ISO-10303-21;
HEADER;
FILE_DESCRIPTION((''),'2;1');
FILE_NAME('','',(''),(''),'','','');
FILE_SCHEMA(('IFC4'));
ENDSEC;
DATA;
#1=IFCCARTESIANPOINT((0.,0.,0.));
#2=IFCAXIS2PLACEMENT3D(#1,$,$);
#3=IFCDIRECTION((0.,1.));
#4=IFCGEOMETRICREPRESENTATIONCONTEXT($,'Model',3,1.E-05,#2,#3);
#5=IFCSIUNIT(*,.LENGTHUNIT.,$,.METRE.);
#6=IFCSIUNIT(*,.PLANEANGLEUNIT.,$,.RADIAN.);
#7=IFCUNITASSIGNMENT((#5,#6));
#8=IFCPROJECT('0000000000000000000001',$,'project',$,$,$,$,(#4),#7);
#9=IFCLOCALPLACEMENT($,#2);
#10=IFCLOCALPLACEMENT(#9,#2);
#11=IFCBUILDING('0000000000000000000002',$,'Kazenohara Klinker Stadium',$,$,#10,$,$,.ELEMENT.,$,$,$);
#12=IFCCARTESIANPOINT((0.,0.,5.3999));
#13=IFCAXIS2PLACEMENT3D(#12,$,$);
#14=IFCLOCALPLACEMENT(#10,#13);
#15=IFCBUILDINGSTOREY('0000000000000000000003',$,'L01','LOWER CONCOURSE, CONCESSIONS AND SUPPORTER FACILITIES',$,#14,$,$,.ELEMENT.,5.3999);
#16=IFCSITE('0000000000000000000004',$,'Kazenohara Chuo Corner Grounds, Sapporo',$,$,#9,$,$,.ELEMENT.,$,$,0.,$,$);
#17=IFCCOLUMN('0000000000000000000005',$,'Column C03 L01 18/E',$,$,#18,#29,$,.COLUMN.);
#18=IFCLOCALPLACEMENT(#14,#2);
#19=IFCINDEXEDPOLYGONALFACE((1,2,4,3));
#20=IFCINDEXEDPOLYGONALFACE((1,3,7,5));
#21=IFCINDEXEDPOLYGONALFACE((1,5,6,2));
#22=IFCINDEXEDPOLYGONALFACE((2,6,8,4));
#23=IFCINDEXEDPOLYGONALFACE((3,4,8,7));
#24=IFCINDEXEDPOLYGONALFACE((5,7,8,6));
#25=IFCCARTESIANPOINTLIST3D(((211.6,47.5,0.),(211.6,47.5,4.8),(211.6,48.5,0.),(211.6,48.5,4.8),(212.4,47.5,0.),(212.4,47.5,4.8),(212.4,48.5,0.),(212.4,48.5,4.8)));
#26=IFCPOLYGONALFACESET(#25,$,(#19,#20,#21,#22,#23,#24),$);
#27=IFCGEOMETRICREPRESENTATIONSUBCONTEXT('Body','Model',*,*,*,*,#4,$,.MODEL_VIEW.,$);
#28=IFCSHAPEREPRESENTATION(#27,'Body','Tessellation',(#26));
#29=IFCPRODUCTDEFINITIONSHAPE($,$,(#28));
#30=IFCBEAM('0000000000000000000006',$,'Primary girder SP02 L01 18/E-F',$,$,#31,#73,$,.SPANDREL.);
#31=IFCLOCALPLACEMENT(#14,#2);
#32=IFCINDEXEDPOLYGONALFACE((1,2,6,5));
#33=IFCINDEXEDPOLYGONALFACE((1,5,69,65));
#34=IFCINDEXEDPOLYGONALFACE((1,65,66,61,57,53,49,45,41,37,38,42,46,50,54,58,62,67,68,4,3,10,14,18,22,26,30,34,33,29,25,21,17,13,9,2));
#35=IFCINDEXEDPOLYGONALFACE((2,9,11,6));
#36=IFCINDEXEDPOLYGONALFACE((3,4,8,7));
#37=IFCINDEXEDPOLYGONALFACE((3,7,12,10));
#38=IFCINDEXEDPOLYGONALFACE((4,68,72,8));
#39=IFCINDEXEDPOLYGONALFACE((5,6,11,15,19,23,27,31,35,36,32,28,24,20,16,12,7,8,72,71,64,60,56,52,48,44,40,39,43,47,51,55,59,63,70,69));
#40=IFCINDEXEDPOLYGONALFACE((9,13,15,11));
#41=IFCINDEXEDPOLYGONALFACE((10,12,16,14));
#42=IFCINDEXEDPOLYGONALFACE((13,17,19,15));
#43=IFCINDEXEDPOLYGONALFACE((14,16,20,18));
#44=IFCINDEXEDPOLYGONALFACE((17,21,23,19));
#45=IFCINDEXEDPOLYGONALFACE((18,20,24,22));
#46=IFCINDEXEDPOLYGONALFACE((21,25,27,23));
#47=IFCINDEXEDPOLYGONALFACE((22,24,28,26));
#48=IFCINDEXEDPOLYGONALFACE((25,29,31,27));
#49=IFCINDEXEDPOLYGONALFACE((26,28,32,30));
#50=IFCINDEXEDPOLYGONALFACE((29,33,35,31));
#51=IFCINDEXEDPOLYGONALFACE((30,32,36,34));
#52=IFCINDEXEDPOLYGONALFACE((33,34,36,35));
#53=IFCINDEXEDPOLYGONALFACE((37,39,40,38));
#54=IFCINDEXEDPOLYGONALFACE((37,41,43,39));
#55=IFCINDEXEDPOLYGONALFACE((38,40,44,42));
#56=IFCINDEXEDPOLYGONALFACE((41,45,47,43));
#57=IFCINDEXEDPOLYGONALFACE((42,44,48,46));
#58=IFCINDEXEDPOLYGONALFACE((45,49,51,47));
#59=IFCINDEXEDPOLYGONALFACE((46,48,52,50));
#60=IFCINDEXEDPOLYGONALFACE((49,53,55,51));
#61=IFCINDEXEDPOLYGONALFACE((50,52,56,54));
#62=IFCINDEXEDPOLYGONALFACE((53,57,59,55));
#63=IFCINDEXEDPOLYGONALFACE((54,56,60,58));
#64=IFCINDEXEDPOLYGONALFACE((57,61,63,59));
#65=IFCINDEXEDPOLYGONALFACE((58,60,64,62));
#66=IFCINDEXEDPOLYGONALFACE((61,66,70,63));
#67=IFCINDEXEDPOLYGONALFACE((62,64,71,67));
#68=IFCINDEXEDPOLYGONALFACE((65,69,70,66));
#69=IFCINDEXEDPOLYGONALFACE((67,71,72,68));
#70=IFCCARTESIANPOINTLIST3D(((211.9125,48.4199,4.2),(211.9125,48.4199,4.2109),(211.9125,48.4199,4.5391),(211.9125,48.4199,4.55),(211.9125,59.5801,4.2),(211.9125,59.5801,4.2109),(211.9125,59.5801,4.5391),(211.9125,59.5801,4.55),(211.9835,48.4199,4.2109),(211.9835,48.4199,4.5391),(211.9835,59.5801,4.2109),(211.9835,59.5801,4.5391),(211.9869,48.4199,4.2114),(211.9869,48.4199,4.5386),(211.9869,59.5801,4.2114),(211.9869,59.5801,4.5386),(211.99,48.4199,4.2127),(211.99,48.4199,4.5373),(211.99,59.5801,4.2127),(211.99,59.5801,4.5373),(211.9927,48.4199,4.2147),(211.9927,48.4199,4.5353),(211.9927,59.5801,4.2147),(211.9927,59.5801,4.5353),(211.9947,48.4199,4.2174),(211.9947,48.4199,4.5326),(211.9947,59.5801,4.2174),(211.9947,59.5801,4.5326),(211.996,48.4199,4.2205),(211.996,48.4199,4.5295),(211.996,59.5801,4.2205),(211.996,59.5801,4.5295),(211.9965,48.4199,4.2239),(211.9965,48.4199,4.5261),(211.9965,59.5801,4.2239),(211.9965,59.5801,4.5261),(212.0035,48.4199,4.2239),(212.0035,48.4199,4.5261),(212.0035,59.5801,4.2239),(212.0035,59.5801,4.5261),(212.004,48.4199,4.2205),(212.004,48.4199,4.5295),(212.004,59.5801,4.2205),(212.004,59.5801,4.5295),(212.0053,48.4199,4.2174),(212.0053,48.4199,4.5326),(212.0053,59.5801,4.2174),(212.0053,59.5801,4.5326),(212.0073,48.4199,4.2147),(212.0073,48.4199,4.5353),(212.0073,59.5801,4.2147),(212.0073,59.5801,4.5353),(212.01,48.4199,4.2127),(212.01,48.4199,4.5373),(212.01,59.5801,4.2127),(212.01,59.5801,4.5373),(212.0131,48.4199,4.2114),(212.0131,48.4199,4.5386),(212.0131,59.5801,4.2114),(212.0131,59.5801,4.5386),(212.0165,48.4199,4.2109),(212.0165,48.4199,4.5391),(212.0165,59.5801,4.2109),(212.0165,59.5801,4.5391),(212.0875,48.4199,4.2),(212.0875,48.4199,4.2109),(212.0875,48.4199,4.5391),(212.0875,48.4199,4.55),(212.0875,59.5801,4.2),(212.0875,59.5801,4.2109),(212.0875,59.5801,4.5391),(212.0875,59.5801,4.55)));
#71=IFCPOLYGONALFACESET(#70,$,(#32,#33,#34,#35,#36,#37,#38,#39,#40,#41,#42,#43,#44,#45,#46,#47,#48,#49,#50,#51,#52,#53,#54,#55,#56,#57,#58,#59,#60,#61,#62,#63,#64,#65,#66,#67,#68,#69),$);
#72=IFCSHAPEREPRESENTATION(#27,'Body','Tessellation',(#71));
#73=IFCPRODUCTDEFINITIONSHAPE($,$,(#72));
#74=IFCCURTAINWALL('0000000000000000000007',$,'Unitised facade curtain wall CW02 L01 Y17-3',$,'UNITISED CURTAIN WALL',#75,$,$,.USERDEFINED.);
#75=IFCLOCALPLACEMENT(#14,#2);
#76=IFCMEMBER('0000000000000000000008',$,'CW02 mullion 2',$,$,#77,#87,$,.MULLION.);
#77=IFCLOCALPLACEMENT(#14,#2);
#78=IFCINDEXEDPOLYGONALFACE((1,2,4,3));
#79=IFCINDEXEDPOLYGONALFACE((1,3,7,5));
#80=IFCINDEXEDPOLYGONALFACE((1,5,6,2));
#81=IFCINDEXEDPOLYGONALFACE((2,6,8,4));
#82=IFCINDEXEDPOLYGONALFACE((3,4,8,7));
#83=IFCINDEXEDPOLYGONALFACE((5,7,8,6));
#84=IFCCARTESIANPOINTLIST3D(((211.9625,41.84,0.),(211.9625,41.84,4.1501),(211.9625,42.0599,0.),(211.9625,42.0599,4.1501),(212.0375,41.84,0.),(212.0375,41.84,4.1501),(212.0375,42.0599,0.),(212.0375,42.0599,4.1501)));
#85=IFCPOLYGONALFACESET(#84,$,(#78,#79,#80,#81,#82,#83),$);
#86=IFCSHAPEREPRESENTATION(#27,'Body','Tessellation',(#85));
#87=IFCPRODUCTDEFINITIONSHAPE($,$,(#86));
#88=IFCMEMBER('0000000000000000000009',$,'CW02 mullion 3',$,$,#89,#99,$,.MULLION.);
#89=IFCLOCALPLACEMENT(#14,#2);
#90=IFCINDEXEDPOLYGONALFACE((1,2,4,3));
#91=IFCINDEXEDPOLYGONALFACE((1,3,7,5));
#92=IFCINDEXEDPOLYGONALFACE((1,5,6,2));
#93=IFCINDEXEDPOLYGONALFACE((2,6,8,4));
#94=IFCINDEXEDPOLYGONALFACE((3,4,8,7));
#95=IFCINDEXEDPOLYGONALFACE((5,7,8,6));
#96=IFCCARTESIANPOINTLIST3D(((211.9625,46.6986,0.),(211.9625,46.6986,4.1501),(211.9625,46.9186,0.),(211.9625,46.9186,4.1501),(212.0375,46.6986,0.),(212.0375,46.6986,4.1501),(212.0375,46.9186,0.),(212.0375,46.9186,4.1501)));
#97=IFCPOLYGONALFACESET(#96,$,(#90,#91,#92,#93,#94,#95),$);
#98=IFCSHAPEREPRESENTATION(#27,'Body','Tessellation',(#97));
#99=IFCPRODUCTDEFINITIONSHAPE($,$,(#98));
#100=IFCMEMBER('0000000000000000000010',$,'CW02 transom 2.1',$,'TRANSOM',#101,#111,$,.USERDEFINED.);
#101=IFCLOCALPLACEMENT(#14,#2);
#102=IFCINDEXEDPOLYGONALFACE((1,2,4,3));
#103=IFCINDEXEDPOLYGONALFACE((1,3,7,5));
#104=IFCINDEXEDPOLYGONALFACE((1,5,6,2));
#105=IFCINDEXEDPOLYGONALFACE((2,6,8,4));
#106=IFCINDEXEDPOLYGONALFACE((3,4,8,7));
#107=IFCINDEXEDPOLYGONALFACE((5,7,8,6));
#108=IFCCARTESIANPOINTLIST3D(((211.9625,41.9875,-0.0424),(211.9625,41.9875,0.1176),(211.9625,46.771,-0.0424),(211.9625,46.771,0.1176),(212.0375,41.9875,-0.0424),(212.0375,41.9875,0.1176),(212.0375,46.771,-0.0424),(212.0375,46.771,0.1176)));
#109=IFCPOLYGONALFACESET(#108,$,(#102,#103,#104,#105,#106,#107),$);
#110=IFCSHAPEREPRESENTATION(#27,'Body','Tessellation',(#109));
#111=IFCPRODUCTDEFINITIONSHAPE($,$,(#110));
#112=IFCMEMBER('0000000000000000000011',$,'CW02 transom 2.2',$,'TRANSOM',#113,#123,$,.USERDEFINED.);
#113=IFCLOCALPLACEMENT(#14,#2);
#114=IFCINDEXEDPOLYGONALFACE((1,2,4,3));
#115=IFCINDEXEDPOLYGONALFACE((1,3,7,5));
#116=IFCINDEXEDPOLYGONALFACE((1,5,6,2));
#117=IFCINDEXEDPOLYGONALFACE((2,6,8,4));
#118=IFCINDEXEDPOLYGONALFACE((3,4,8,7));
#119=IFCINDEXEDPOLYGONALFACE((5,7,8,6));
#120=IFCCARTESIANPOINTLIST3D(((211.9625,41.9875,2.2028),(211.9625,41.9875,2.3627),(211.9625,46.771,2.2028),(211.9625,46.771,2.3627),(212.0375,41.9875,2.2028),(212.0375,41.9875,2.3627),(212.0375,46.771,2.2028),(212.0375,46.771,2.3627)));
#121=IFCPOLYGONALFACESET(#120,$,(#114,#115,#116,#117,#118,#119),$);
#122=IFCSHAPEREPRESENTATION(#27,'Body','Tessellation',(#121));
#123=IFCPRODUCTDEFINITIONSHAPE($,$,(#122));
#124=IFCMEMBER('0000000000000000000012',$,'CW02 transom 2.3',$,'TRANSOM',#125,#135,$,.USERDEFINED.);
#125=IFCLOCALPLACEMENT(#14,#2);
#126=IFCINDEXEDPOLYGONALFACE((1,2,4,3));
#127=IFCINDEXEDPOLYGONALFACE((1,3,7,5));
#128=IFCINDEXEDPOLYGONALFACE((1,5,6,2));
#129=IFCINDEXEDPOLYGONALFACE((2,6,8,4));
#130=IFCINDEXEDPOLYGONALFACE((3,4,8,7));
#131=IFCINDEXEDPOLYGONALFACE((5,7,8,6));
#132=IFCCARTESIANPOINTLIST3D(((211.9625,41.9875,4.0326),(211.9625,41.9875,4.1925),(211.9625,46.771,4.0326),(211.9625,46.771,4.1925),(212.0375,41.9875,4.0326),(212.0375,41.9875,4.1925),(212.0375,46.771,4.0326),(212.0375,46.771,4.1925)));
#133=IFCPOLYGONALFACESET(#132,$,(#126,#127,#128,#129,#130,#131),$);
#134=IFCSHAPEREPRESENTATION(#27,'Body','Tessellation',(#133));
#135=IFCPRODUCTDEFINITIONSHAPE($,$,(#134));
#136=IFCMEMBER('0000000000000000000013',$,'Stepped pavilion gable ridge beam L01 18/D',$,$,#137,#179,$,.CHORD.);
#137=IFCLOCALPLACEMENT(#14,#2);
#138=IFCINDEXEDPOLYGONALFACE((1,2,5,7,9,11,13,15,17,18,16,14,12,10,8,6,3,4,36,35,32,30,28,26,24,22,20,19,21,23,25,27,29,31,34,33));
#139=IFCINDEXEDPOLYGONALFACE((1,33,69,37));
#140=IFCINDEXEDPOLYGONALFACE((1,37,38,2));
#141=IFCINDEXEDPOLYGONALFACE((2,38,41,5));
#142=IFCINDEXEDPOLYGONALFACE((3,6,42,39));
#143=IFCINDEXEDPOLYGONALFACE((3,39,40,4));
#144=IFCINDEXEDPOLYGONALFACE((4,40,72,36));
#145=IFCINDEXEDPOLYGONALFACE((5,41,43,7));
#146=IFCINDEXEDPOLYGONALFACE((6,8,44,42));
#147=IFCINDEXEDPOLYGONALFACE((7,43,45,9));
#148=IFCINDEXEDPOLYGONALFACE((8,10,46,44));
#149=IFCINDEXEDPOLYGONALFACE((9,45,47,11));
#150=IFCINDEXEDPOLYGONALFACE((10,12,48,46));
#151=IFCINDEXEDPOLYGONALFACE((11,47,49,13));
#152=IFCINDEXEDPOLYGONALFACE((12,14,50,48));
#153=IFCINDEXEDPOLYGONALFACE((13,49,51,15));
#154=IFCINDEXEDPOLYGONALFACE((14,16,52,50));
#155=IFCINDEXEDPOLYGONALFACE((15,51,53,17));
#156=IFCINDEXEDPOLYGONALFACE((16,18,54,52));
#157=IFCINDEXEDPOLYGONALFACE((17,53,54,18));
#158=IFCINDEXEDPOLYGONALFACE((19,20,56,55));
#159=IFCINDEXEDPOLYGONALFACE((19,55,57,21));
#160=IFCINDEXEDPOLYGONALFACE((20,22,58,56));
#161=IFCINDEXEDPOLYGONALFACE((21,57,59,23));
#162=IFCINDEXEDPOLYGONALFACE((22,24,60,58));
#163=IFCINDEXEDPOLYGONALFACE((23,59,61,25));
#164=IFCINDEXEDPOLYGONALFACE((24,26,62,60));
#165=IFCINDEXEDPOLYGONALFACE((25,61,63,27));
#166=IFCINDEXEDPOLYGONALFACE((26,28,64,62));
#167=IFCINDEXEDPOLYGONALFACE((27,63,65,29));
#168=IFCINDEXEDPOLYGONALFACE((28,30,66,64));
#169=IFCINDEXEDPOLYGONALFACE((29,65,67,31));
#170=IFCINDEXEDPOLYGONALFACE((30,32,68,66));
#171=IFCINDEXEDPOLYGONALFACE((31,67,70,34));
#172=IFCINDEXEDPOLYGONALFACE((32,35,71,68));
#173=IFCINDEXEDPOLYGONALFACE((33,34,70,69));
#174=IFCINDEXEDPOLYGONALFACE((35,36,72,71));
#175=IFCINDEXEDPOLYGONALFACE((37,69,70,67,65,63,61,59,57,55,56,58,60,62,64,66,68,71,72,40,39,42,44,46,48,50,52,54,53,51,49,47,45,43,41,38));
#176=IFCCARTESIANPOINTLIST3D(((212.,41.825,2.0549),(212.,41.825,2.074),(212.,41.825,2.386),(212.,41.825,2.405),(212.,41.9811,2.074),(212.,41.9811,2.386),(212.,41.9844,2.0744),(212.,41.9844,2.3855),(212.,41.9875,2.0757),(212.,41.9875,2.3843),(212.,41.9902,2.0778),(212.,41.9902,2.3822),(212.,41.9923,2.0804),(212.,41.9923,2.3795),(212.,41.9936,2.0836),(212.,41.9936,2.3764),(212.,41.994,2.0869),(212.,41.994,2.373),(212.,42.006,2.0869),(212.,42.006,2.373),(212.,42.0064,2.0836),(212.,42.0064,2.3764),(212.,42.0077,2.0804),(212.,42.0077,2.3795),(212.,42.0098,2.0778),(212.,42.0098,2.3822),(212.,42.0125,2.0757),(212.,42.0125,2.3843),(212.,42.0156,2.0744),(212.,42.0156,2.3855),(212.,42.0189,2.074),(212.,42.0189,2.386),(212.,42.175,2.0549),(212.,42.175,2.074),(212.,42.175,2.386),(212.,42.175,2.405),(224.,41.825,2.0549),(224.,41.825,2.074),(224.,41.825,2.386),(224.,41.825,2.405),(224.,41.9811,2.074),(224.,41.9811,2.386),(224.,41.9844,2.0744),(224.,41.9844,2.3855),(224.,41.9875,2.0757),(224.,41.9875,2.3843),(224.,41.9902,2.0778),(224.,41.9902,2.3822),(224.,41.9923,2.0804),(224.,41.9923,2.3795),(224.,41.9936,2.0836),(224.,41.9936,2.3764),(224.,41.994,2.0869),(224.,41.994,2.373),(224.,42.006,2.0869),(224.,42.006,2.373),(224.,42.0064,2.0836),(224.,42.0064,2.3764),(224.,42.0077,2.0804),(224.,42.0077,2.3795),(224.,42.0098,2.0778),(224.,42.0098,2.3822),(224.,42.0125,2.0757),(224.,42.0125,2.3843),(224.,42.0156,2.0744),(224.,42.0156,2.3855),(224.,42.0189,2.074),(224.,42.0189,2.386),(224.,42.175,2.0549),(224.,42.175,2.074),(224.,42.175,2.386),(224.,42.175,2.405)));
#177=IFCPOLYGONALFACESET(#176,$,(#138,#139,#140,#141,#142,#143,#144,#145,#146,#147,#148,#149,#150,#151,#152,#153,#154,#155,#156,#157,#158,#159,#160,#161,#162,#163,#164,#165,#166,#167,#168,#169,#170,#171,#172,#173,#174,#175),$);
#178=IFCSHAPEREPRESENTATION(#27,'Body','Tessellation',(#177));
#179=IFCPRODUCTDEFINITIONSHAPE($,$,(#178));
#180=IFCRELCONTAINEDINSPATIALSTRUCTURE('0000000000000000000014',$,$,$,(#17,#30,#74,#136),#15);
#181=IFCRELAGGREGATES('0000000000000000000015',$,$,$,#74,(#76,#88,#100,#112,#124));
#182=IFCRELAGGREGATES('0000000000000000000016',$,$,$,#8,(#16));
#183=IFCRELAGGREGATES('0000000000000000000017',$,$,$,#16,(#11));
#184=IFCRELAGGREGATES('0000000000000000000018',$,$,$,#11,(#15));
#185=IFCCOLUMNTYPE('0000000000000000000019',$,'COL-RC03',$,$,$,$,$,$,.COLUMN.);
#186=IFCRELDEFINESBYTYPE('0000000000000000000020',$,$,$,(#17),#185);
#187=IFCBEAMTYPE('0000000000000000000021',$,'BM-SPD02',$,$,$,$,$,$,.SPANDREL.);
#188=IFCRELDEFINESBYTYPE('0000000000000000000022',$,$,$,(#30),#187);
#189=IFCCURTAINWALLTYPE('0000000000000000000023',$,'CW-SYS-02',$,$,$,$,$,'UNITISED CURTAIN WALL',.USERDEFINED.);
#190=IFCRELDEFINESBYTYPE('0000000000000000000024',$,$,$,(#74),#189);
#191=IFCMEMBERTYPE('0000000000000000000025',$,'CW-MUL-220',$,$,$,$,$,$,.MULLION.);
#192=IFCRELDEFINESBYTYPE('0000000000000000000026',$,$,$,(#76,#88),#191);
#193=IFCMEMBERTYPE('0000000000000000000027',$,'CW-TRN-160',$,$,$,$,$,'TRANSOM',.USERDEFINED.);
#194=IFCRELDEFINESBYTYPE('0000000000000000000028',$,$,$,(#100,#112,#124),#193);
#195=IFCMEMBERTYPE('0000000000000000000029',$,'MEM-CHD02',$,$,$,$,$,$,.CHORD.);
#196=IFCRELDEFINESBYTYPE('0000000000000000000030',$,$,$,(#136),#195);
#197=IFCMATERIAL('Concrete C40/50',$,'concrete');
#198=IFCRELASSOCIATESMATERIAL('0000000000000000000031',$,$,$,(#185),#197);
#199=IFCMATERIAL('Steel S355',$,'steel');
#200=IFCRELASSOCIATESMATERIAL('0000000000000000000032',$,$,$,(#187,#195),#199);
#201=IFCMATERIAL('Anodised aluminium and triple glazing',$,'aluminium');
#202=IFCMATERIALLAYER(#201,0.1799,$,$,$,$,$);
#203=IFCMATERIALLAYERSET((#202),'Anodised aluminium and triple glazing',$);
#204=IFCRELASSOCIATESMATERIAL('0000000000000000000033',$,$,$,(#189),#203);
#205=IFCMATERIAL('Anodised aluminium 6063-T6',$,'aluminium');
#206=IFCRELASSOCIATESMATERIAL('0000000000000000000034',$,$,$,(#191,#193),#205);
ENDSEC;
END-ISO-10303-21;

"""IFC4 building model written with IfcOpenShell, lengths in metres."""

from ifc_helpers import new_model, si_unit, direction, frame, origin, origin_2d, place, context, subcontext, project, spatial, rectangle, i_section, extrude, material, layer, layer_set, material_profile, profile_set, type_object, element, aggregate, save


model = new_model("IFC4")

# Units and contexts
model_context = context("Model", 3, precision=1e-05, world=origin(), true_north=direction((0.0, 1.0)))
body_context = subcontext(model_context, "Body", "Model", "MODEL_VIEW")
ifc_project = project(units=[si_unit("LENGTHUNIT", "METRE"), si_unit("PLANEANGLEUNIT", "RADIAN")], contexts=[model_context])

# Site, building, storey
site_placement = place(None, origin())
site = spatial("IfcSite", under=ifc_project, at=site_placement, Name="Kazenohara Chuo Corner Grounds, Sapporo", CompositionType="ELEMENT", RefElevation=0.0)
building_placement = place(site_placement, origin())
building = spatial("IfcBuilding", under=site, at=building_placement, Name="Kazenohara Klinker Stadium", CompositionType="ELEMENT")
storey_placement = place(building_placement, frame((0.0, 0.0, 5.3999)))
storey = spatial("IfcBuildingStorey", under=building, at=storey_placement, Name="L01", Description="LOWER CONCOURSE, CONCESSIONS AND SUPPORTER FACILITIES", CompositionType="ELEMENT", Elevation=5.3999)

# Column
ifc_material_1 = material(Name="Concrete C40/50", Category="concrete")
ifc_material_profile_1 = material_profile(ifc_material_1, rectangle(XDim=0.8, YDim=1.0, at=origin_2d()), Name="RC-COL-1000x800")
ifc_profile_set_1 = profile_set([ifc_material_profile_1], Name="Concrete C40/50")
column_type = type_object("IfcColumnType", Name="COL-RC03", PredefinedType="COLUMN", material=ifc_profile_set_1)
column_placement = place(storey_placement, frame((212.0, 48.0, 0.0), z_axis=(0.0, 0.0, 1.0), x_axis=(1.0, 0.0, 0.0)))
element("IfcColumn", 1, at=column_placement, inside=storey, type_object=column_type, Name="Column C03 L01 18/E", PredefinedType="COLUMN", context=body_context, shape_type="SweptSolid", body=[
    extrude(rectangle(XDim=0.8, YDim=1.0, at=origin_2d()), origin(), (0.0, 0.0, 1.0), 4.8),
])

# Beam
ifc_material_2 = material(Name="Steel S355", Category="steel")
ifc_material_profile_2 = material_profile(ifc_material_2, i_section(OverallWidth=0.175, OverallDepth=0.3501, WebThickness=0.0071, FlangeThickness=0.011, FilletRadius=0.0129, at=origin_2d()), Name="H-350x175x7x11")
ifc_profile_set_2 = profile_set([ifc_material_profile_2], Name="Steel S355")
beam_type = type_object("IfcBeamType", Name="BM-SPD02", PredefinedType="SPANDREL", material=ifc_profile_set_2)
beam_placement = place(storey_placement, frame((212.0, 48.4199, 4.375), z_axis=(0.0, 1.0, 0.0), x_axis=(-1.0, 0.0, 0.0)))
element("IfcBeam", 2, at=beam_placement, inside=storey, type_object=beam_type, Name="Primary girder SP02 L01 18/E-F", PredefinedType="SPANDREL", context=body_context, shape_type="SweptSolid", body=[
    extrude(i_section(OverallWidth=0.175, OverallDepth=0.3501, WebThickness=0.0071, FlangeThickness=0.011, FilletRadius=0.0129, at=origin_2d()), origin(), (0.0, 0.0, 1.0), 11.1602),
])

# Curtain wall, members
ifc_material_3 = material(Name="Anodised aluminium and triple glazing", Category="aluminium")
ifc_layer_1 = layer(ifc_material_3, 0.1799)
ifc_layer_set_1 = layer_set([ifc_layer_1], Name="Anodised aluminium and triple glazing")
curtain_wall_type = type_object("IfcCurtainWallType", Name="CW-SYS-02", ElementType="UNITISED CURTAIN WALL", PredefinedType="USERDEFINED", material=ifc_layer_set_1)
curtain_wall_placement = place(storey_placement, origin())
curtain_wall = element("IfcCurtainWall", 3, at=curtain_wall_placement, inside=storey, type_object=curtain_wall_type, Name="Unitised facade curtain wall CW02 L01 Y17-3", ObjectType="UNITISED CURTAIN WALL", PredefinedType="USERDEFINED")
ifc_material_4 = material(Name="Anodised aluminium 6063-T6", Category="aluminium")
ifc_material_profile_3 = material_profile(ifc_material_4, rectangle(XDim=0.075, YDim=0.22, at=origin_2d()), Name="ALU-MUL-75x220")
ifc_profile_set_3 = profile_set([ifc_material_profile_3], Name="Anodised aluminium 6063-T6")
member_type_1 = type_object("IfcMemberType", Name="CW-MUL-220", PredefinedType="MULLION", material=ifc_profile_set_3)
member_1_placement = place(storey_placement, frame((212.0, 41.95, 0.0), z_axis=(0.0, 0.0, 1.0), x_axis=(-1.0, 0.0, 0.0)))
member_1 = element("IfcMember", 4, at=member_1_placement, type_object=member_type_1, Name="CW02 mullion 2", PredefinedType="MULLION", context=body_context, shape_type="SweptSolid", body=[
    extrude(rectangle(XDim=0.075, YDim=0.22, at=origin_2d()), origin(), (0.0, 0.0, 1.0), 4.1501),
])
member_2_placement = place(storey_placement, frame((212.0, 46.8086, 0.0), z_axis=(0.0, 0.0, 1.0), x_axis=(-1.0, 0.0, 0.0)))
member_2 = element("IfcMember", 5, at=member_2_placement, type_object=member_type_1, Name="CW02 mullion 3", PredefinedType="MULLION", context=body_context, shape_type="SweptSolid", body=[
    extrude(rectangle(XDim=0.075, YDim=0.22, at=origin_2d()), origin(), (0.0, 0.0, 1.0), 4.1501),
])
ifc_material_profile_4 = material_profile(ifc_material_4, rectangle(XDim=0.075, YDim=0.1599, at=origin_2d()), Name="ALU-TRN-75x160")
ifc_profile_set_4 = profile_set([ifc_material_profile_4], Name="Anodised aluminium 6063-T6")
member_type_2 = type_object("IfcMemberType", Name="CW-TRN-160", ElementType="TRANSOM", PredefinedType="USERDEFINED", material=ifc_profile_set_4)
member_3_placement = place(storey_placement, frame((212.0, 41.9875, 0.0376), z_axis=(0.0, 1.0, 0.0), x_axis=(-1.0, 0.0, 0.0)))
member_3 = element("IfcMember", 6, at=member_3_placement, type_object=member_type_2, Name="CW02 transom 2.1", ObjectType="TRANSOM", PredefinedType="USERDEFINED", context=body_context, shape_type="SweptSolid", body=[
    extrude(rectangle(XDim=0.075, YDim=0.1599, at=origin_2d()), origin(), (0.0, 0.0, 1.0), 4.7834),
])
member_4_placement = place(storey_placement, frame((212.0, 41.9875, 2.2827), z_axis=(0.0, 1.0, 0.0), x_axis=(-1.0, 0.0, 0.0)))
member_4 = element("IfcMember", 7, at=member_4_placement, type_object=member_type_2, Name="CW02 transom 2.2", ObjectType="TRANSOM", PredefinedType="USERDEFINED", context=body_context, shape_type="SweptSolid", body=[
    extrude(rectangle(XDim=0.075, YDim=0.1599, at=origin_2d()), origin(), (0.0, 0.0, 1.0), 4.7834),
])
member_5_placement = place(storey_placement, frame((212.0, 41.9875, 4.1125), z_axis=(0.0, 1.0, 0.0), x_axis=(-1.0, 0.0, 0.0)))
member_5 = element("IfcMember", 8, at=member_5_placement, type_object=member_type_2, Name="CW02 transom 2.3", ObjectType="TRANSOM", PredefinedType="USERDEFINED", context=body_context, shape_type="SweptSolid", body=[
    extrude(rectangle(XDim=0.075, YDim=0.1599, at=origin_2d()), origin(), (0.0, 0.0, 1.0), 4.7834),
])

# Member
ifc_material_profile_5 = material_profile(ifc_material_2, i_section(OverallWidth=0.3501, OverallDepth=0.3501, WebThickness=0.012, FlangeThickness=0.019, FilletRadius=0.0129, at=origin_2d()), Name="H-350x350x12x19")
ifc_profile_set_5 = profile_set([ifc_material_profile_5], Name="Steel S355")
member_type_3 = type_object("IfcMemberType", Name="MEM-CHD02", PredefinedType="CHORD", material=ifc_profile_set_5)
for number, where, z_axis, x_axis, name in (
    (9, (212.0, 42.0, 2.23), (1.0, 0.0, 0.0), (0.0, 1.0, 0.0), "Stepped pavilion gable ridge beam L01 18/D"),
):
    element("IfcMember", number, at=place(storey_placement, frame(where, z_axis=z_axis, x_axis=x_axis)), inside=storey, type_object=member_type_3, Name=name, PredefinedType="CHORD", context=body_context, shape_type="SweptSolid", body=[
        extrude(i_section(OverallWidth=0.3501, OverallDepth=0.3501, WebThickness=0.012, FlangeThickness=0.019, FilletRadius=0.0129, at=origin_2d()), origin(), (0.0, 0.0, 1.0), 12.0),
    ])

aggregate(curtain_wall, [member_1, member_2, member_3, member_4, member_5])

save(model, "model.ifc")
